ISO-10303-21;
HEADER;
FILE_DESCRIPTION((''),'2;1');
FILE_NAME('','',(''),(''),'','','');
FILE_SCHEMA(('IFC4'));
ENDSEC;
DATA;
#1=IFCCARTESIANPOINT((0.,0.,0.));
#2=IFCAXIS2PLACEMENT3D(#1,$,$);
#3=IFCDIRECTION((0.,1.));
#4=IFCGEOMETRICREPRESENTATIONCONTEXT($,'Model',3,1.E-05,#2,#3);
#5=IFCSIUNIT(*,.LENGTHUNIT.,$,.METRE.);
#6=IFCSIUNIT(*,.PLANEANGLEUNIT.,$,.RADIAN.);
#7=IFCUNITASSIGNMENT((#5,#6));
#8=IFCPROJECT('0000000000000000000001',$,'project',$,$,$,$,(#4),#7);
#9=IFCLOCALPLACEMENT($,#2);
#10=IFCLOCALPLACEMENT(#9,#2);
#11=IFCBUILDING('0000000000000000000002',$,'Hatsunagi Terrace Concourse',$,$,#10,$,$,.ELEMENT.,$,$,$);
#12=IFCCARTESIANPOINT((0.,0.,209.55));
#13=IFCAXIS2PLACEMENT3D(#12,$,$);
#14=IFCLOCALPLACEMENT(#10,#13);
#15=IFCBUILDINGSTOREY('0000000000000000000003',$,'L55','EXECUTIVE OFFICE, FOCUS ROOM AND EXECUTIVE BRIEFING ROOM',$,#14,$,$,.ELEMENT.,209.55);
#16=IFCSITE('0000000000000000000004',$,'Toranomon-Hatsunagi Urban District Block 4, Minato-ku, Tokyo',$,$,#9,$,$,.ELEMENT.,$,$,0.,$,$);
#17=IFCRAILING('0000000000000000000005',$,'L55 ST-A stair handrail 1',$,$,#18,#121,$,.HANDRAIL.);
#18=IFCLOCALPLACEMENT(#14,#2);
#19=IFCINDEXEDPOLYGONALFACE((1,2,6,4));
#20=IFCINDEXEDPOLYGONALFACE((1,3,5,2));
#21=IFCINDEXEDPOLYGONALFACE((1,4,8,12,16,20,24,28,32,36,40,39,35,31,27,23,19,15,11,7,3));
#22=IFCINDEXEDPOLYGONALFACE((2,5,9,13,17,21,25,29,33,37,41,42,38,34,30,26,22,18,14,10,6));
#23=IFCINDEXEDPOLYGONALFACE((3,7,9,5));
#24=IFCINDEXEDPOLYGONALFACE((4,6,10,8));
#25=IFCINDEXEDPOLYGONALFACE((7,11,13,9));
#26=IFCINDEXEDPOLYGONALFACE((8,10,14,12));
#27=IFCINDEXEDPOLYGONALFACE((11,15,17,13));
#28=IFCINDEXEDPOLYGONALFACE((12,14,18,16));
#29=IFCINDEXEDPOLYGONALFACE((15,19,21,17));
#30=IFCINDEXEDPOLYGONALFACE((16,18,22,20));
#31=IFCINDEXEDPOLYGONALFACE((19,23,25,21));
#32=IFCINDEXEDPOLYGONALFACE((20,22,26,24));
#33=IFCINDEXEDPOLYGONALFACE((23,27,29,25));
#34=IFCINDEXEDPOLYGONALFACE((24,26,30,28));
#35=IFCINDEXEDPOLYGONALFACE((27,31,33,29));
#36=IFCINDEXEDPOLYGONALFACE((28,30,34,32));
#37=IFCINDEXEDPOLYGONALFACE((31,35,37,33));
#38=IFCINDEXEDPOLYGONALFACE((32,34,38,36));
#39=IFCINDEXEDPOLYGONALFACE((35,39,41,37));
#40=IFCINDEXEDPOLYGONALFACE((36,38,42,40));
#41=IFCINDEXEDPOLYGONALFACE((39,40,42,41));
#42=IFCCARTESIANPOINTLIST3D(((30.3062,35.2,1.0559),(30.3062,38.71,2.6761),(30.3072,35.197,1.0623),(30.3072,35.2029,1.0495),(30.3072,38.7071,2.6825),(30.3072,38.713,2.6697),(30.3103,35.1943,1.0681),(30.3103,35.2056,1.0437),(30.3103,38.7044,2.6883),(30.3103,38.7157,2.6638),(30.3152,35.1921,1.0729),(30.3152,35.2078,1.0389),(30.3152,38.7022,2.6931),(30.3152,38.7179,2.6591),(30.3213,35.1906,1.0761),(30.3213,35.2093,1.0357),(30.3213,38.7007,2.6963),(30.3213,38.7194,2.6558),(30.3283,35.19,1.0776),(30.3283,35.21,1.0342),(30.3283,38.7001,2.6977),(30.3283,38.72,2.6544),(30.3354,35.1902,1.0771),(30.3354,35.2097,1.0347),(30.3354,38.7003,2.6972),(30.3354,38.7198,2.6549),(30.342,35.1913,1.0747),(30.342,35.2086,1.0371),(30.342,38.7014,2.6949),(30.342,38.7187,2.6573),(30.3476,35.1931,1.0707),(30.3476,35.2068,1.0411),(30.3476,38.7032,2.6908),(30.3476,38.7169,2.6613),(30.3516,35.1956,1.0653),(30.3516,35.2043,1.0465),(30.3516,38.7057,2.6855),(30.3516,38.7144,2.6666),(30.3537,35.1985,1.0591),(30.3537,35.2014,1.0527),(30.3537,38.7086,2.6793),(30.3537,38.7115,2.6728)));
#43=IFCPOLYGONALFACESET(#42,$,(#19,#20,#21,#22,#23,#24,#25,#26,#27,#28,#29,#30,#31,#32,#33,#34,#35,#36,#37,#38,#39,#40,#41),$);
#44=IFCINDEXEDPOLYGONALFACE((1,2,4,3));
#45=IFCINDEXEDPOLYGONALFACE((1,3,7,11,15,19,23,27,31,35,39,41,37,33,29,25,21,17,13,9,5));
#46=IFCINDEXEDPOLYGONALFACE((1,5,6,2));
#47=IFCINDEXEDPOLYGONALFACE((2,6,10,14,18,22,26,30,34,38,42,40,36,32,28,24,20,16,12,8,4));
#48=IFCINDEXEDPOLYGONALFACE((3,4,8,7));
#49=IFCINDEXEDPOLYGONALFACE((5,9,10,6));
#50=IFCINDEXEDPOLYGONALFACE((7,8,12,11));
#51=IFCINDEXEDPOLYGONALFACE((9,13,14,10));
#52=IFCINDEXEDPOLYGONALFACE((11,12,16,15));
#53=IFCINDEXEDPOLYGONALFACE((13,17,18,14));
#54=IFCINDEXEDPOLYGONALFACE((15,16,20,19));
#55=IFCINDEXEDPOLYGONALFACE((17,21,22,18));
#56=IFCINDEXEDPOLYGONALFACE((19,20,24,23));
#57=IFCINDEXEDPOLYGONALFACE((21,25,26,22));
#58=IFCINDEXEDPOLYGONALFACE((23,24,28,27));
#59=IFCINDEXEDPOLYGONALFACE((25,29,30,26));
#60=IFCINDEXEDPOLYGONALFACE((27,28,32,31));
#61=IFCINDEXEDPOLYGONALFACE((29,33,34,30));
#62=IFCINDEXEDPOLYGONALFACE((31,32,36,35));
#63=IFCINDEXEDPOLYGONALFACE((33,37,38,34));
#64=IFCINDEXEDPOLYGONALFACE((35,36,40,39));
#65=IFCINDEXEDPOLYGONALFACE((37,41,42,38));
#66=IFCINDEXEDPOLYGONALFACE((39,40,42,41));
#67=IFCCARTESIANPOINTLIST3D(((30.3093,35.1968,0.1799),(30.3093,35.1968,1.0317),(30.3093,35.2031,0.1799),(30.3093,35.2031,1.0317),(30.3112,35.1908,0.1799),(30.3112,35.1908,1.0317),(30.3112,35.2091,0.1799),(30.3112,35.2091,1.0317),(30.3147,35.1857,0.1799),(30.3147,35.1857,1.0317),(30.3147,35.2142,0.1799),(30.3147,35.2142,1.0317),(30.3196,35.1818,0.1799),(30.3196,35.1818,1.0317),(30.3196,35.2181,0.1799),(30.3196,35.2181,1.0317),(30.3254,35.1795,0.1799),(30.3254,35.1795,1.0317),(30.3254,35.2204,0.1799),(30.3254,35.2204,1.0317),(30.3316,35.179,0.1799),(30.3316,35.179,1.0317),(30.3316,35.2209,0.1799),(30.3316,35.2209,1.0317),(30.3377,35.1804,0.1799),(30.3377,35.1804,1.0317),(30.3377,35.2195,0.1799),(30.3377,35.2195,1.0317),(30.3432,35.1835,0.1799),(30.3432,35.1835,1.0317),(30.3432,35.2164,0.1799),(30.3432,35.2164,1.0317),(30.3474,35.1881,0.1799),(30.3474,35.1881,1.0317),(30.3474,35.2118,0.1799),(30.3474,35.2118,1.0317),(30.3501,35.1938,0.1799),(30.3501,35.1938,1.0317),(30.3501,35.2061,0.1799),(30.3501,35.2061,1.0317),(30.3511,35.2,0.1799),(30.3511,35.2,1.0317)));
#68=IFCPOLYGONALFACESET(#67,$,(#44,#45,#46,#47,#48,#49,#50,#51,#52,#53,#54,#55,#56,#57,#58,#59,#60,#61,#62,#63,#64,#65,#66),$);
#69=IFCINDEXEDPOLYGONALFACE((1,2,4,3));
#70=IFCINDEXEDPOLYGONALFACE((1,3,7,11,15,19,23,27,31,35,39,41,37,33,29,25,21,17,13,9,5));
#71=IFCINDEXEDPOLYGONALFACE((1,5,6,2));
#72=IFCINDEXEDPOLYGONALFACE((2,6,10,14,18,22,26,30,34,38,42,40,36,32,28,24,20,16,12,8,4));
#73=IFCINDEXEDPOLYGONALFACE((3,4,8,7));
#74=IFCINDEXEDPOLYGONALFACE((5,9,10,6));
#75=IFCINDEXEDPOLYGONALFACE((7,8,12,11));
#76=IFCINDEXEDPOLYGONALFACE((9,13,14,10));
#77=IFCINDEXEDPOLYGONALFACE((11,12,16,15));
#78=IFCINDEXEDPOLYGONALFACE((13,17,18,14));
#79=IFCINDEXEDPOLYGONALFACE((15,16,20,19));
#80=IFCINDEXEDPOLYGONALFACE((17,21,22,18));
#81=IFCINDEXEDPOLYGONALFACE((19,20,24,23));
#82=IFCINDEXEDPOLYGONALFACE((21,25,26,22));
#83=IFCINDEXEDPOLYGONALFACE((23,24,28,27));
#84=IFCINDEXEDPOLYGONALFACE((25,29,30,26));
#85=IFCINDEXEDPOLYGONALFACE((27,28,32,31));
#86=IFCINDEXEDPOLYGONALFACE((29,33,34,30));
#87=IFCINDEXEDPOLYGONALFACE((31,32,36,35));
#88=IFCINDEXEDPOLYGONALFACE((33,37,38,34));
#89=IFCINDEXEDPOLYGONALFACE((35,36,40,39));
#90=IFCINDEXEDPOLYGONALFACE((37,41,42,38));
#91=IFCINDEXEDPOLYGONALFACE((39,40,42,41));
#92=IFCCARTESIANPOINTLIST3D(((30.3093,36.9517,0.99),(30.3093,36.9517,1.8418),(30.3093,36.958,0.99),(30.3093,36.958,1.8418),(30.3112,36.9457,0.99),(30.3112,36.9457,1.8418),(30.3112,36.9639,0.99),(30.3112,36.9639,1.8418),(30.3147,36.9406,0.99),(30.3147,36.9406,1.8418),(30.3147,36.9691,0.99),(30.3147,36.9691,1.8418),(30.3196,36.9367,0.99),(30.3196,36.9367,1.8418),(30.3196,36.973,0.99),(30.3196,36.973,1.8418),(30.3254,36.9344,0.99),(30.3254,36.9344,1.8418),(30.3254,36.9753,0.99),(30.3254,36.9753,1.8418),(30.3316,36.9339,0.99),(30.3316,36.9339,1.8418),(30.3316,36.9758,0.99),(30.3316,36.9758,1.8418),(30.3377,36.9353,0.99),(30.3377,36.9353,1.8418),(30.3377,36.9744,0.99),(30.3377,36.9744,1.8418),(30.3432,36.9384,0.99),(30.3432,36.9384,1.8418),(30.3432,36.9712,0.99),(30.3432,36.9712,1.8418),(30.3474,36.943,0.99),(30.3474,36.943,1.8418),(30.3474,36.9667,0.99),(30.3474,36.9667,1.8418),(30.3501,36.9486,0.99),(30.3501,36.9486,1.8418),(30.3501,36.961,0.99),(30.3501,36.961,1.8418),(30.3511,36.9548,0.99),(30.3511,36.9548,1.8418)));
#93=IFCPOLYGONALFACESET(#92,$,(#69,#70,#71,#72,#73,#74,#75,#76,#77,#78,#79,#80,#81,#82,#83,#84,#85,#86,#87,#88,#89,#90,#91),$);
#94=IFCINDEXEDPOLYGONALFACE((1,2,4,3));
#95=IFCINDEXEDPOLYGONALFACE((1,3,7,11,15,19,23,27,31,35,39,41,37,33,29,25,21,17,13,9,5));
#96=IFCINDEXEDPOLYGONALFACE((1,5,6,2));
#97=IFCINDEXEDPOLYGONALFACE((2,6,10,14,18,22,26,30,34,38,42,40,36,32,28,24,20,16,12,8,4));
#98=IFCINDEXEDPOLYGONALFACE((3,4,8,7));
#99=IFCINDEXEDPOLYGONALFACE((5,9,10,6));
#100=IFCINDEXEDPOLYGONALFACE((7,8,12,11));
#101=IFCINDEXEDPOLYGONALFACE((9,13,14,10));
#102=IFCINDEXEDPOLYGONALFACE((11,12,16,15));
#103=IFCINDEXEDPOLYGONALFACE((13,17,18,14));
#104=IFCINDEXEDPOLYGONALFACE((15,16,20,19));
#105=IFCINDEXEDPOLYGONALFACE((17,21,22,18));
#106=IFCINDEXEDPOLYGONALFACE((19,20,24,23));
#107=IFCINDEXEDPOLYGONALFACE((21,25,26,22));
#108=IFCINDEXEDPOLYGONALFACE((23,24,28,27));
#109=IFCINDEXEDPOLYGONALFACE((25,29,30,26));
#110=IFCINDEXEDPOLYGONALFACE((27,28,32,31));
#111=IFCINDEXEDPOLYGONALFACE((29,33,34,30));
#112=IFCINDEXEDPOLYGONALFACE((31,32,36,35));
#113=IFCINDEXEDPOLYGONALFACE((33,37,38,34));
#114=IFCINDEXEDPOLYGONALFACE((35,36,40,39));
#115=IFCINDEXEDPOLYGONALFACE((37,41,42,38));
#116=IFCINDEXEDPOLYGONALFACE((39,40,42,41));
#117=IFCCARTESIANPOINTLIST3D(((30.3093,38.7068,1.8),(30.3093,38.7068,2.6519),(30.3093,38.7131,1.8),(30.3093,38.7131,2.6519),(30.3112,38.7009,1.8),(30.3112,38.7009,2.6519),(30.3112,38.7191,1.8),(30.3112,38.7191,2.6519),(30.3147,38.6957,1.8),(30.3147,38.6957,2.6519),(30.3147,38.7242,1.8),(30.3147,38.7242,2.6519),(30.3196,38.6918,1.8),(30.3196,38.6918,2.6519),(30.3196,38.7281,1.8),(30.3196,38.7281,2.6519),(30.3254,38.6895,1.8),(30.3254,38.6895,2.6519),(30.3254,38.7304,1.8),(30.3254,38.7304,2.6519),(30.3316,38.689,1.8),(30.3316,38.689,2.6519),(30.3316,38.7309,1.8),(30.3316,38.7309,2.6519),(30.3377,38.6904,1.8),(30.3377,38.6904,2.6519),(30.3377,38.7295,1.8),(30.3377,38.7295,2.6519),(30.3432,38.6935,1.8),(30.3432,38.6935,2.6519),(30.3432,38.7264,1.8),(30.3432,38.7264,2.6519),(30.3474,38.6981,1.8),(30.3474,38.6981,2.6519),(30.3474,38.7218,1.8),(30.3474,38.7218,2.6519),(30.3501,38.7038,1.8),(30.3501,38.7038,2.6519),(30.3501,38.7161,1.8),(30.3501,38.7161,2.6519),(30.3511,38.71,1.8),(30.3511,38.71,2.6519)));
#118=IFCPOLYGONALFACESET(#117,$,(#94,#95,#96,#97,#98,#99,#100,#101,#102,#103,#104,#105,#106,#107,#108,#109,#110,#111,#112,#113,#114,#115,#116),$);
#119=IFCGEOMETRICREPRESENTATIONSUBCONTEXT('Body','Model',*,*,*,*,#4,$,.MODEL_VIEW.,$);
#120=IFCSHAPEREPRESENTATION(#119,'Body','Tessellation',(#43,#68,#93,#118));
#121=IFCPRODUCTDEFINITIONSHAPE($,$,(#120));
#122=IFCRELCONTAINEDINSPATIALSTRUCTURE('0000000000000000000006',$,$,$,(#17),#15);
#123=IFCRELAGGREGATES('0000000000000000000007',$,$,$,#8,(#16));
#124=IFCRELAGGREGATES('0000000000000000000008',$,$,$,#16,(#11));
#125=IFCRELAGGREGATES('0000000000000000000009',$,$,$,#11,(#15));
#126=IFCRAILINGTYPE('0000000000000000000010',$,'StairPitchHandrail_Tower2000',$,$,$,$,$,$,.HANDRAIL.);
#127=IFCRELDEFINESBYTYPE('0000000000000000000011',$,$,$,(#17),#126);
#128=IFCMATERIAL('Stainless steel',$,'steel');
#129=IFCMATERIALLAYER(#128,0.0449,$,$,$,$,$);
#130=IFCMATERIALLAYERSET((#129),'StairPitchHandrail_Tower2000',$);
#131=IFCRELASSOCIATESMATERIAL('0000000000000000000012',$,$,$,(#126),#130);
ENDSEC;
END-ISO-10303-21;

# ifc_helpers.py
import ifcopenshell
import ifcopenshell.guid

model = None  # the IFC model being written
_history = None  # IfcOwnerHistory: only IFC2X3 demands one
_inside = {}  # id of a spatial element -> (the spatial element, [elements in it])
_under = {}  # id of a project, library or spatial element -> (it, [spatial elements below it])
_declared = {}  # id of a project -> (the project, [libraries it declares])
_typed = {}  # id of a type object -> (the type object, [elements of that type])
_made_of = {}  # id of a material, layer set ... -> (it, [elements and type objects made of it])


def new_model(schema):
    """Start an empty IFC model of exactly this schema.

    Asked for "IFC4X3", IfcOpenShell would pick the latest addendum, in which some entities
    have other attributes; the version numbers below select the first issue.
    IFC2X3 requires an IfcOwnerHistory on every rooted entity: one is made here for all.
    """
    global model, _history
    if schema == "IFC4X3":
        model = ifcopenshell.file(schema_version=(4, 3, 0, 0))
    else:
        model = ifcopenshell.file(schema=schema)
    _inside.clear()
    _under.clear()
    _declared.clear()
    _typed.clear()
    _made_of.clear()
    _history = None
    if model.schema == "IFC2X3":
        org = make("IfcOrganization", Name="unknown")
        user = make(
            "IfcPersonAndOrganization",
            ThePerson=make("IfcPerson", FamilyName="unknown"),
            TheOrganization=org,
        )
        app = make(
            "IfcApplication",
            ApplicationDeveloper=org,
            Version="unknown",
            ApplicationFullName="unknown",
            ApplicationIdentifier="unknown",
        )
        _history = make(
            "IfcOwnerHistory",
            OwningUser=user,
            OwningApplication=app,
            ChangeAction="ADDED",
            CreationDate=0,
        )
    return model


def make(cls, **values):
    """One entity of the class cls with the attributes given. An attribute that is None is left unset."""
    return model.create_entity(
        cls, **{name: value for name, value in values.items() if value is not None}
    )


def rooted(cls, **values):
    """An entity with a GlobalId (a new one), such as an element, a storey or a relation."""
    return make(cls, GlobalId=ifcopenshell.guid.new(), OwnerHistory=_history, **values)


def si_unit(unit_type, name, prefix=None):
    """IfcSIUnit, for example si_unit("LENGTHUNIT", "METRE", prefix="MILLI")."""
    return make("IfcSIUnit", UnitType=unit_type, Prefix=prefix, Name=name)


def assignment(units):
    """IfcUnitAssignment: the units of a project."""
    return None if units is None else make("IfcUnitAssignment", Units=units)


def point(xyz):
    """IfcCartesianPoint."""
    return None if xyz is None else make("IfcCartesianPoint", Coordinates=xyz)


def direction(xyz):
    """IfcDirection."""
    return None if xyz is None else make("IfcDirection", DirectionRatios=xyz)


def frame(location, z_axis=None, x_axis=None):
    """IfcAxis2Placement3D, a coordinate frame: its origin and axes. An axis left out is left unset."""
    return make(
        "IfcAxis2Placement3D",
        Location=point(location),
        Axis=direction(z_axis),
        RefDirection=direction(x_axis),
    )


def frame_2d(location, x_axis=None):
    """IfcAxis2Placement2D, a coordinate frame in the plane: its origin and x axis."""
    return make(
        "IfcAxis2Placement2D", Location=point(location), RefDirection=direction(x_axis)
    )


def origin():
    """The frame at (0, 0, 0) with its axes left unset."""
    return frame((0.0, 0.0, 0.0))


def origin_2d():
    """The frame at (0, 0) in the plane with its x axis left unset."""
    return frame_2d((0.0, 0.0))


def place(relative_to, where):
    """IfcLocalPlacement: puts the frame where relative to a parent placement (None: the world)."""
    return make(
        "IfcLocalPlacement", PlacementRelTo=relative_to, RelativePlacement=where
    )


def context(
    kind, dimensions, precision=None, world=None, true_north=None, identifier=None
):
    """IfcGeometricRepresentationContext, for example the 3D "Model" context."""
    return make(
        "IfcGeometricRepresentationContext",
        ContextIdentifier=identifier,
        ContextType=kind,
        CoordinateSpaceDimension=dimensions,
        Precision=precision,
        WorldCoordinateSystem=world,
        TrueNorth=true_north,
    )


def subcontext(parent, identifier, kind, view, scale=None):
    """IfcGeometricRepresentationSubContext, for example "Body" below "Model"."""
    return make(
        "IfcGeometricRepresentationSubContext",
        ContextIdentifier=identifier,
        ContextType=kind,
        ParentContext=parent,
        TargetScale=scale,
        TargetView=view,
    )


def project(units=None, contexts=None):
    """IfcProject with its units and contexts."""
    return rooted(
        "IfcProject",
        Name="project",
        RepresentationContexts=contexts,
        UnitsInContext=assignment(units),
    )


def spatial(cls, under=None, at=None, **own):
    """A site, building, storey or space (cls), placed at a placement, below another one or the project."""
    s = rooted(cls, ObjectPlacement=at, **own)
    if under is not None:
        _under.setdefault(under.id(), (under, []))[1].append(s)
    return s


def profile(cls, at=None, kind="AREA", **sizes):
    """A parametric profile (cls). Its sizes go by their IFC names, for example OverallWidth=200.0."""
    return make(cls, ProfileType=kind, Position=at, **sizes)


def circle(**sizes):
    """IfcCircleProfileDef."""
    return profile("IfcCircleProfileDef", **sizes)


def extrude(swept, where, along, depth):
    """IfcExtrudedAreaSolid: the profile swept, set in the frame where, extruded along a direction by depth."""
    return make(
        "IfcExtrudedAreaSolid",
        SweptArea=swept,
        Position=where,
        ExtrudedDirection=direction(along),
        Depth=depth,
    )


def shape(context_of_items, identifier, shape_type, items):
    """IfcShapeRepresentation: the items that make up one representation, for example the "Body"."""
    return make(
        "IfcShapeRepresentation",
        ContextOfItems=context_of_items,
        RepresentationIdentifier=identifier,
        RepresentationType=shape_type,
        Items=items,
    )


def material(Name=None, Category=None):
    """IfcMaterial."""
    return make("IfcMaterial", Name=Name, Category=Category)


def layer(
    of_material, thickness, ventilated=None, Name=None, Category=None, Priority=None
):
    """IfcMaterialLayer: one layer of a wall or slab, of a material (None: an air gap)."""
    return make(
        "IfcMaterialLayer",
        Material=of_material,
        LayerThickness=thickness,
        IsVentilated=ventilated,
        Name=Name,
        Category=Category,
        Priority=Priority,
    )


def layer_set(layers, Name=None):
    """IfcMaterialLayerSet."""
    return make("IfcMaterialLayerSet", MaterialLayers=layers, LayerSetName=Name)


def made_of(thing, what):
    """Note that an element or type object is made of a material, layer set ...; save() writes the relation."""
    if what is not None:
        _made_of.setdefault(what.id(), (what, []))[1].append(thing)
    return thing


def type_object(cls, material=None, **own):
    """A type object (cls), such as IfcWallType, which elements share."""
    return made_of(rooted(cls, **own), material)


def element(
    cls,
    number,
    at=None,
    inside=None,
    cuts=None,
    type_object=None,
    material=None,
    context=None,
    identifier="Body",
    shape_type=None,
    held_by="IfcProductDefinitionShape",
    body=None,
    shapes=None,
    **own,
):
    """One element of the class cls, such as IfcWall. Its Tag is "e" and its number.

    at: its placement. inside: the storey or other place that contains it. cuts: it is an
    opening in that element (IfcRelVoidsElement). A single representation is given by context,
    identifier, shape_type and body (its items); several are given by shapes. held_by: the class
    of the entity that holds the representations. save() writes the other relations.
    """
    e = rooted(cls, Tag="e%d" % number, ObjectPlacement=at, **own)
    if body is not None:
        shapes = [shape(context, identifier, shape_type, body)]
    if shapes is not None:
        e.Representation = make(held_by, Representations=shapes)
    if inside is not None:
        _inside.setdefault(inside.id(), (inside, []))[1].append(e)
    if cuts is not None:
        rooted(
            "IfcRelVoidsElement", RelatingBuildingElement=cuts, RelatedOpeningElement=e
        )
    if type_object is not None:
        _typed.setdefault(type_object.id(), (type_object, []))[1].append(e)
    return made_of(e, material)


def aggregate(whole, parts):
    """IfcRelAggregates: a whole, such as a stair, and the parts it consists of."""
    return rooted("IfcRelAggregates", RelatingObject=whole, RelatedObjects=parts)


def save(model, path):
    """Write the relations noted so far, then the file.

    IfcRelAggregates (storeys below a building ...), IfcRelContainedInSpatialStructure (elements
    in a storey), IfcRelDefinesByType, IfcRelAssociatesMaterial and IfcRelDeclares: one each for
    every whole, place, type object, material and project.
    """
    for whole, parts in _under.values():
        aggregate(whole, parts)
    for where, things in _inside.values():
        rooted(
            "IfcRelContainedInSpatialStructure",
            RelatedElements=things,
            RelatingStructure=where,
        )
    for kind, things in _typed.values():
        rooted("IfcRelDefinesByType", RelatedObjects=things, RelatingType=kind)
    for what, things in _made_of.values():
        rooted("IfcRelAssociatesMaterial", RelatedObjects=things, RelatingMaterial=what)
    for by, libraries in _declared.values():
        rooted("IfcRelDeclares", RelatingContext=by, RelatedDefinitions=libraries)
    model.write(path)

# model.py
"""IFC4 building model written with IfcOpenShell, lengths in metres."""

from ifc_helpers import new_model, si_unit, direction, frame, origin, origin_2d, place, context, subcontext, project, spatial, circle, extrude, material, layer, layer_set, type_object, element, save


model = new_model("IFC4")

# Units and contexts
model_context = context("Model", 3, precision=1e-05, world=origin(), true_north=direction((0.0, 1.0)))
body_context = subcontext(model_context, "Body", "Model", "MODEL_VIEW")
ifc_project = project(units=[si_unit("LENGTHUNIT", "METRE"), si_unit("PLANEANGLEUNIT", "RADIAN")], contexts=[model_context])

# Site, building, storey
site_placement = place(None, origin())
site = spatial("IfcSite", under=ifc_project, at=site_placement, Name="Toranomon-Hatsunagi Urban District Block 4, Minato-ku, Tokyo", CompositionType="ELEMENT", RefElevation=0.0)
building_placement = place(site_placement, origin())
building = spatial("IfcBuilding", under=site, at=building_placement, Name="Hatsunagi Terrace Concourse", CompositionType="ELEMENT")
storey_placement = place(building_placement, frame((0.0, 0.0, 209.55)))
storey = spatial("IfcBuildingStorey", under=building, at=storey_placement, Name="L55", Description="EXECUTIVE OFFICE, FOCUS ROOM AND EXECUTIVE BRIEFING ROOM", CompositionType="ELEMENT", Elevation=209.55)

# Railing
ifc_material_1 = material(Name="Stainless steel", Category="steel")
ifc_layer_1 = layer(ifc_material_1, 0.0449)
ifc_layer_set_1 = layer_set([ifc_layer_1], Name="StairPitchHandrail_Tower2000")
railing_type_1 = type_object("IfcRailingType", Name="StairPitchHandrail_Tower2000", PredefinedType="HANDRAIL", material=ifc_layer_set_1)
railing_1_placement = place(storey_placement, frame((30.3301, 35.2, 0.1799)))
element("IfcRailing", 1, at=railing_1_placement, inside=storey, type_object=railing_type_1, Name="L55 ST-A stair handrail 1", PredefinedType="HANDRAIL", context=body_context, shape_type="SweptSolid", body=[
    extrude(circle(Radius=0.0239, at=origin_2d()), frame((0.0, 0.0, 0.876), z_axis=(0.0, 0.907948, 0.419082), x_axis=(-1.0, 0.0, 0.0)), (0.0, 0.0, 1.0), 3.866),
    extrude(circle(Radius=0.021, at=origin_2d()), origin(), (0.0, 0.0, 1.0), 0.8518),
    extrude(circle(Radius=0.021, at=origin_2d()), frame((0.0, 1.7549, 0.8101)), (0.0, 0.0, 1.0), 0.8518),
    extrude(circle(Radius=0.021, at=origin_2d()), frame((0.0, 3.51, 1.6201)), (0.0, 0.0, 1.0), 0.8518),
])

save(model, "model.ifc")
